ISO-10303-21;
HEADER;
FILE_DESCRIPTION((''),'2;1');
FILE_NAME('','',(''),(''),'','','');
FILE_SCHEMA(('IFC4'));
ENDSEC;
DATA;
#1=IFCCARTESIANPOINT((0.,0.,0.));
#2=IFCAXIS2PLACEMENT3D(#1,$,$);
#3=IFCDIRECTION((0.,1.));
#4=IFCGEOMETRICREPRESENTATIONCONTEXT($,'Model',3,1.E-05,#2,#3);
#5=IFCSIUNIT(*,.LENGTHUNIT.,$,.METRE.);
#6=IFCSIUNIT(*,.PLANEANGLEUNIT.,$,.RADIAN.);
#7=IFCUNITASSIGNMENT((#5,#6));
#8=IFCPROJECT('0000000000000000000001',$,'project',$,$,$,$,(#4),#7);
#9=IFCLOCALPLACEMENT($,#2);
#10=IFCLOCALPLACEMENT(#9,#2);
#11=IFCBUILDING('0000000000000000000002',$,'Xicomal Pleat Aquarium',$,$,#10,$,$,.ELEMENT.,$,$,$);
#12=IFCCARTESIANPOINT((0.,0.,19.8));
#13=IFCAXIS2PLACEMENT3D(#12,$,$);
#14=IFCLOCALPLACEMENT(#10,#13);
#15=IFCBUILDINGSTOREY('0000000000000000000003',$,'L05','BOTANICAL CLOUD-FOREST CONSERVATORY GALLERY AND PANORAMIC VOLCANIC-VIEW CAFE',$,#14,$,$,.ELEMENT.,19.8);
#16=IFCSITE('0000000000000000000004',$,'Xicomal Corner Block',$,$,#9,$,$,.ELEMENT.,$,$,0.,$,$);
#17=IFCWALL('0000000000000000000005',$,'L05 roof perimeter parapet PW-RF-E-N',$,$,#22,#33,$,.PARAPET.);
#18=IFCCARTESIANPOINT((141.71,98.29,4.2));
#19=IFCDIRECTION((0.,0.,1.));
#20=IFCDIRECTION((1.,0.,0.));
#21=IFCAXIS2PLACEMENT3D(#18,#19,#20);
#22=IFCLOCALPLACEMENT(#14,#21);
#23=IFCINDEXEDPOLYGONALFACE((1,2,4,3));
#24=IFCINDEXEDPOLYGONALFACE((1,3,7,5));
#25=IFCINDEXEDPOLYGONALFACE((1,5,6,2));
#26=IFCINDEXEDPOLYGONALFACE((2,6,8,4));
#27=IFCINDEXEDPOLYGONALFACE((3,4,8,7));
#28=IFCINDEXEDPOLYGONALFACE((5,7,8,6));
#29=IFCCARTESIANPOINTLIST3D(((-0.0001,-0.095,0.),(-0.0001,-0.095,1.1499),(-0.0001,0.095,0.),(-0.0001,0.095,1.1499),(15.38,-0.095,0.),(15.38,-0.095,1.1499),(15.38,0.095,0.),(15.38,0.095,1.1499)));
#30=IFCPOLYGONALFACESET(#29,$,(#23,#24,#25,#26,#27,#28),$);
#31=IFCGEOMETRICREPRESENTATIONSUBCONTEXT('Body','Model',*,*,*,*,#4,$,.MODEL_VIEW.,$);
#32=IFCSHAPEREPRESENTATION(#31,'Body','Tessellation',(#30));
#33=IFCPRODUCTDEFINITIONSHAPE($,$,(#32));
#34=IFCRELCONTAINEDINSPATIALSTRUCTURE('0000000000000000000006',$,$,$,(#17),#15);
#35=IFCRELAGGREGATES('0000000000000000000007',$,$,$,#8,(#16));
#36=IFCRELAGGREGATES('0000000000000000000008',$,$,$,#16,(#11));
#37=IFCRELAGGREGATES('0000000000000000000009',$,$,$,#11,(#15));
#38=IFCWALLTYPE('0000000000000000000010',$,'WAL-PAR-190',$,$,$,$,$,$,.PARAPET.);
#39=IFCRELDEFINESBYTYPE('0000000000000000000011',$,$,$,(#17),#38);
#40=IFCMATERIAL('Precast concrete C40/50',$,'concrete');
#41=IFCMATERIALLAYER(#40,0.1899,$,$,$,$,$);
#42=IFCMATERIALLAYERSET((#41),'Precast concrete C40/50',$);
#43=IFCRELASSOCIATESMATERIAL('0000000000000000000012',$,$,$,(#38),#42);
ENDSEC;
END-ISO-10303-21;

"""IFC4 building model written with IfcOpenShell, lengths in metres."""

from ifc_helpers import new_model, si_unit, direction, frame, frame_2d, origin, place, context, subcontext, project, spatial, rectangle, extrude, material, layer, layer_set, type_object, element, save


model = new_model("IFC4")

# Units and contexts
model_context = context("Model", 3, precision=1e-05, world=origin(), true_north=direction((0.0, 1.0)))
body_context = subcontext(model_context, "Body", "Model", "MODEL_VIEW")
ifc_project = project(units=[si_unit("LENGTHUNIT", "METRE"), si_unit("PLANEANGLEUNIT", "RADIAN")], contexts=[model_context])

# Site, building, storey
site_placement = place(None, origin())
site = spatial("IfcSite", under=ifc_project, at=site_placement, Name="Xicomal Corner Block", CompositionType="ELEMENT", RefElevation=0.0)
building_placement = place(site_placement, origin())
building = spatial("IfcBuilding", under=site, at=building_placement, Name="Xicomal Pleat Aquarium", CompositionType="ELEMENT")
storey_placement = place(building_placement, frame((0.0, 0.0, 19.8)))
storey = spatial("IfcBuildingStorey", under=building, at=storey_placement, Name="L05", Description="BOTANICAL CLOUD-FOREST CONSERVATORY GALLERY AND PANORAMIC VOLCANIC-VIEW CAFE", CompositionType="ELEMENT", Elevation=19.8)

# Wall
ifc_material_1 = material(Name="Precast concrete C40/50", Category="concrete")
ifc_layer_1 = layer(ifc_material_1, 0.1899)
ifc_layer_set_1 = layer_set([ifc_layer_1], Name="Precast concrete C40/50")
wall_type_1 = type_object("IfcWallType", Name="WAL-PAR-190", PredefinedType="PARAPET", material=ifc_layer_set_1)
for number, where, z_axis, x_axis, name in (
    (1, (141.71, 98.29, 4.2), (0.0, 0.0, 1.0), (1.0, 0.0, 0.0), "L05 roof perimeter parapet PW-RF-E-N"),
):
    element("IfcWall", number, at=place(storey_placement, frame(where, z_axis=z_axis, x_axis=x_axis)), inside=storey, type_object=wall_type_1, Name=name, PredefinedType="PARAPET", context=body_context, shape_type="SweptSolid", body=[
        extrude(rectangle(XDim=15.3801, YDim=0.1899, at=frame_2d((7.6899, 0.0))), origin(), (0.0, 0.0, 1.0), 1.1499),
    ])

save(model, "model.ifc")
